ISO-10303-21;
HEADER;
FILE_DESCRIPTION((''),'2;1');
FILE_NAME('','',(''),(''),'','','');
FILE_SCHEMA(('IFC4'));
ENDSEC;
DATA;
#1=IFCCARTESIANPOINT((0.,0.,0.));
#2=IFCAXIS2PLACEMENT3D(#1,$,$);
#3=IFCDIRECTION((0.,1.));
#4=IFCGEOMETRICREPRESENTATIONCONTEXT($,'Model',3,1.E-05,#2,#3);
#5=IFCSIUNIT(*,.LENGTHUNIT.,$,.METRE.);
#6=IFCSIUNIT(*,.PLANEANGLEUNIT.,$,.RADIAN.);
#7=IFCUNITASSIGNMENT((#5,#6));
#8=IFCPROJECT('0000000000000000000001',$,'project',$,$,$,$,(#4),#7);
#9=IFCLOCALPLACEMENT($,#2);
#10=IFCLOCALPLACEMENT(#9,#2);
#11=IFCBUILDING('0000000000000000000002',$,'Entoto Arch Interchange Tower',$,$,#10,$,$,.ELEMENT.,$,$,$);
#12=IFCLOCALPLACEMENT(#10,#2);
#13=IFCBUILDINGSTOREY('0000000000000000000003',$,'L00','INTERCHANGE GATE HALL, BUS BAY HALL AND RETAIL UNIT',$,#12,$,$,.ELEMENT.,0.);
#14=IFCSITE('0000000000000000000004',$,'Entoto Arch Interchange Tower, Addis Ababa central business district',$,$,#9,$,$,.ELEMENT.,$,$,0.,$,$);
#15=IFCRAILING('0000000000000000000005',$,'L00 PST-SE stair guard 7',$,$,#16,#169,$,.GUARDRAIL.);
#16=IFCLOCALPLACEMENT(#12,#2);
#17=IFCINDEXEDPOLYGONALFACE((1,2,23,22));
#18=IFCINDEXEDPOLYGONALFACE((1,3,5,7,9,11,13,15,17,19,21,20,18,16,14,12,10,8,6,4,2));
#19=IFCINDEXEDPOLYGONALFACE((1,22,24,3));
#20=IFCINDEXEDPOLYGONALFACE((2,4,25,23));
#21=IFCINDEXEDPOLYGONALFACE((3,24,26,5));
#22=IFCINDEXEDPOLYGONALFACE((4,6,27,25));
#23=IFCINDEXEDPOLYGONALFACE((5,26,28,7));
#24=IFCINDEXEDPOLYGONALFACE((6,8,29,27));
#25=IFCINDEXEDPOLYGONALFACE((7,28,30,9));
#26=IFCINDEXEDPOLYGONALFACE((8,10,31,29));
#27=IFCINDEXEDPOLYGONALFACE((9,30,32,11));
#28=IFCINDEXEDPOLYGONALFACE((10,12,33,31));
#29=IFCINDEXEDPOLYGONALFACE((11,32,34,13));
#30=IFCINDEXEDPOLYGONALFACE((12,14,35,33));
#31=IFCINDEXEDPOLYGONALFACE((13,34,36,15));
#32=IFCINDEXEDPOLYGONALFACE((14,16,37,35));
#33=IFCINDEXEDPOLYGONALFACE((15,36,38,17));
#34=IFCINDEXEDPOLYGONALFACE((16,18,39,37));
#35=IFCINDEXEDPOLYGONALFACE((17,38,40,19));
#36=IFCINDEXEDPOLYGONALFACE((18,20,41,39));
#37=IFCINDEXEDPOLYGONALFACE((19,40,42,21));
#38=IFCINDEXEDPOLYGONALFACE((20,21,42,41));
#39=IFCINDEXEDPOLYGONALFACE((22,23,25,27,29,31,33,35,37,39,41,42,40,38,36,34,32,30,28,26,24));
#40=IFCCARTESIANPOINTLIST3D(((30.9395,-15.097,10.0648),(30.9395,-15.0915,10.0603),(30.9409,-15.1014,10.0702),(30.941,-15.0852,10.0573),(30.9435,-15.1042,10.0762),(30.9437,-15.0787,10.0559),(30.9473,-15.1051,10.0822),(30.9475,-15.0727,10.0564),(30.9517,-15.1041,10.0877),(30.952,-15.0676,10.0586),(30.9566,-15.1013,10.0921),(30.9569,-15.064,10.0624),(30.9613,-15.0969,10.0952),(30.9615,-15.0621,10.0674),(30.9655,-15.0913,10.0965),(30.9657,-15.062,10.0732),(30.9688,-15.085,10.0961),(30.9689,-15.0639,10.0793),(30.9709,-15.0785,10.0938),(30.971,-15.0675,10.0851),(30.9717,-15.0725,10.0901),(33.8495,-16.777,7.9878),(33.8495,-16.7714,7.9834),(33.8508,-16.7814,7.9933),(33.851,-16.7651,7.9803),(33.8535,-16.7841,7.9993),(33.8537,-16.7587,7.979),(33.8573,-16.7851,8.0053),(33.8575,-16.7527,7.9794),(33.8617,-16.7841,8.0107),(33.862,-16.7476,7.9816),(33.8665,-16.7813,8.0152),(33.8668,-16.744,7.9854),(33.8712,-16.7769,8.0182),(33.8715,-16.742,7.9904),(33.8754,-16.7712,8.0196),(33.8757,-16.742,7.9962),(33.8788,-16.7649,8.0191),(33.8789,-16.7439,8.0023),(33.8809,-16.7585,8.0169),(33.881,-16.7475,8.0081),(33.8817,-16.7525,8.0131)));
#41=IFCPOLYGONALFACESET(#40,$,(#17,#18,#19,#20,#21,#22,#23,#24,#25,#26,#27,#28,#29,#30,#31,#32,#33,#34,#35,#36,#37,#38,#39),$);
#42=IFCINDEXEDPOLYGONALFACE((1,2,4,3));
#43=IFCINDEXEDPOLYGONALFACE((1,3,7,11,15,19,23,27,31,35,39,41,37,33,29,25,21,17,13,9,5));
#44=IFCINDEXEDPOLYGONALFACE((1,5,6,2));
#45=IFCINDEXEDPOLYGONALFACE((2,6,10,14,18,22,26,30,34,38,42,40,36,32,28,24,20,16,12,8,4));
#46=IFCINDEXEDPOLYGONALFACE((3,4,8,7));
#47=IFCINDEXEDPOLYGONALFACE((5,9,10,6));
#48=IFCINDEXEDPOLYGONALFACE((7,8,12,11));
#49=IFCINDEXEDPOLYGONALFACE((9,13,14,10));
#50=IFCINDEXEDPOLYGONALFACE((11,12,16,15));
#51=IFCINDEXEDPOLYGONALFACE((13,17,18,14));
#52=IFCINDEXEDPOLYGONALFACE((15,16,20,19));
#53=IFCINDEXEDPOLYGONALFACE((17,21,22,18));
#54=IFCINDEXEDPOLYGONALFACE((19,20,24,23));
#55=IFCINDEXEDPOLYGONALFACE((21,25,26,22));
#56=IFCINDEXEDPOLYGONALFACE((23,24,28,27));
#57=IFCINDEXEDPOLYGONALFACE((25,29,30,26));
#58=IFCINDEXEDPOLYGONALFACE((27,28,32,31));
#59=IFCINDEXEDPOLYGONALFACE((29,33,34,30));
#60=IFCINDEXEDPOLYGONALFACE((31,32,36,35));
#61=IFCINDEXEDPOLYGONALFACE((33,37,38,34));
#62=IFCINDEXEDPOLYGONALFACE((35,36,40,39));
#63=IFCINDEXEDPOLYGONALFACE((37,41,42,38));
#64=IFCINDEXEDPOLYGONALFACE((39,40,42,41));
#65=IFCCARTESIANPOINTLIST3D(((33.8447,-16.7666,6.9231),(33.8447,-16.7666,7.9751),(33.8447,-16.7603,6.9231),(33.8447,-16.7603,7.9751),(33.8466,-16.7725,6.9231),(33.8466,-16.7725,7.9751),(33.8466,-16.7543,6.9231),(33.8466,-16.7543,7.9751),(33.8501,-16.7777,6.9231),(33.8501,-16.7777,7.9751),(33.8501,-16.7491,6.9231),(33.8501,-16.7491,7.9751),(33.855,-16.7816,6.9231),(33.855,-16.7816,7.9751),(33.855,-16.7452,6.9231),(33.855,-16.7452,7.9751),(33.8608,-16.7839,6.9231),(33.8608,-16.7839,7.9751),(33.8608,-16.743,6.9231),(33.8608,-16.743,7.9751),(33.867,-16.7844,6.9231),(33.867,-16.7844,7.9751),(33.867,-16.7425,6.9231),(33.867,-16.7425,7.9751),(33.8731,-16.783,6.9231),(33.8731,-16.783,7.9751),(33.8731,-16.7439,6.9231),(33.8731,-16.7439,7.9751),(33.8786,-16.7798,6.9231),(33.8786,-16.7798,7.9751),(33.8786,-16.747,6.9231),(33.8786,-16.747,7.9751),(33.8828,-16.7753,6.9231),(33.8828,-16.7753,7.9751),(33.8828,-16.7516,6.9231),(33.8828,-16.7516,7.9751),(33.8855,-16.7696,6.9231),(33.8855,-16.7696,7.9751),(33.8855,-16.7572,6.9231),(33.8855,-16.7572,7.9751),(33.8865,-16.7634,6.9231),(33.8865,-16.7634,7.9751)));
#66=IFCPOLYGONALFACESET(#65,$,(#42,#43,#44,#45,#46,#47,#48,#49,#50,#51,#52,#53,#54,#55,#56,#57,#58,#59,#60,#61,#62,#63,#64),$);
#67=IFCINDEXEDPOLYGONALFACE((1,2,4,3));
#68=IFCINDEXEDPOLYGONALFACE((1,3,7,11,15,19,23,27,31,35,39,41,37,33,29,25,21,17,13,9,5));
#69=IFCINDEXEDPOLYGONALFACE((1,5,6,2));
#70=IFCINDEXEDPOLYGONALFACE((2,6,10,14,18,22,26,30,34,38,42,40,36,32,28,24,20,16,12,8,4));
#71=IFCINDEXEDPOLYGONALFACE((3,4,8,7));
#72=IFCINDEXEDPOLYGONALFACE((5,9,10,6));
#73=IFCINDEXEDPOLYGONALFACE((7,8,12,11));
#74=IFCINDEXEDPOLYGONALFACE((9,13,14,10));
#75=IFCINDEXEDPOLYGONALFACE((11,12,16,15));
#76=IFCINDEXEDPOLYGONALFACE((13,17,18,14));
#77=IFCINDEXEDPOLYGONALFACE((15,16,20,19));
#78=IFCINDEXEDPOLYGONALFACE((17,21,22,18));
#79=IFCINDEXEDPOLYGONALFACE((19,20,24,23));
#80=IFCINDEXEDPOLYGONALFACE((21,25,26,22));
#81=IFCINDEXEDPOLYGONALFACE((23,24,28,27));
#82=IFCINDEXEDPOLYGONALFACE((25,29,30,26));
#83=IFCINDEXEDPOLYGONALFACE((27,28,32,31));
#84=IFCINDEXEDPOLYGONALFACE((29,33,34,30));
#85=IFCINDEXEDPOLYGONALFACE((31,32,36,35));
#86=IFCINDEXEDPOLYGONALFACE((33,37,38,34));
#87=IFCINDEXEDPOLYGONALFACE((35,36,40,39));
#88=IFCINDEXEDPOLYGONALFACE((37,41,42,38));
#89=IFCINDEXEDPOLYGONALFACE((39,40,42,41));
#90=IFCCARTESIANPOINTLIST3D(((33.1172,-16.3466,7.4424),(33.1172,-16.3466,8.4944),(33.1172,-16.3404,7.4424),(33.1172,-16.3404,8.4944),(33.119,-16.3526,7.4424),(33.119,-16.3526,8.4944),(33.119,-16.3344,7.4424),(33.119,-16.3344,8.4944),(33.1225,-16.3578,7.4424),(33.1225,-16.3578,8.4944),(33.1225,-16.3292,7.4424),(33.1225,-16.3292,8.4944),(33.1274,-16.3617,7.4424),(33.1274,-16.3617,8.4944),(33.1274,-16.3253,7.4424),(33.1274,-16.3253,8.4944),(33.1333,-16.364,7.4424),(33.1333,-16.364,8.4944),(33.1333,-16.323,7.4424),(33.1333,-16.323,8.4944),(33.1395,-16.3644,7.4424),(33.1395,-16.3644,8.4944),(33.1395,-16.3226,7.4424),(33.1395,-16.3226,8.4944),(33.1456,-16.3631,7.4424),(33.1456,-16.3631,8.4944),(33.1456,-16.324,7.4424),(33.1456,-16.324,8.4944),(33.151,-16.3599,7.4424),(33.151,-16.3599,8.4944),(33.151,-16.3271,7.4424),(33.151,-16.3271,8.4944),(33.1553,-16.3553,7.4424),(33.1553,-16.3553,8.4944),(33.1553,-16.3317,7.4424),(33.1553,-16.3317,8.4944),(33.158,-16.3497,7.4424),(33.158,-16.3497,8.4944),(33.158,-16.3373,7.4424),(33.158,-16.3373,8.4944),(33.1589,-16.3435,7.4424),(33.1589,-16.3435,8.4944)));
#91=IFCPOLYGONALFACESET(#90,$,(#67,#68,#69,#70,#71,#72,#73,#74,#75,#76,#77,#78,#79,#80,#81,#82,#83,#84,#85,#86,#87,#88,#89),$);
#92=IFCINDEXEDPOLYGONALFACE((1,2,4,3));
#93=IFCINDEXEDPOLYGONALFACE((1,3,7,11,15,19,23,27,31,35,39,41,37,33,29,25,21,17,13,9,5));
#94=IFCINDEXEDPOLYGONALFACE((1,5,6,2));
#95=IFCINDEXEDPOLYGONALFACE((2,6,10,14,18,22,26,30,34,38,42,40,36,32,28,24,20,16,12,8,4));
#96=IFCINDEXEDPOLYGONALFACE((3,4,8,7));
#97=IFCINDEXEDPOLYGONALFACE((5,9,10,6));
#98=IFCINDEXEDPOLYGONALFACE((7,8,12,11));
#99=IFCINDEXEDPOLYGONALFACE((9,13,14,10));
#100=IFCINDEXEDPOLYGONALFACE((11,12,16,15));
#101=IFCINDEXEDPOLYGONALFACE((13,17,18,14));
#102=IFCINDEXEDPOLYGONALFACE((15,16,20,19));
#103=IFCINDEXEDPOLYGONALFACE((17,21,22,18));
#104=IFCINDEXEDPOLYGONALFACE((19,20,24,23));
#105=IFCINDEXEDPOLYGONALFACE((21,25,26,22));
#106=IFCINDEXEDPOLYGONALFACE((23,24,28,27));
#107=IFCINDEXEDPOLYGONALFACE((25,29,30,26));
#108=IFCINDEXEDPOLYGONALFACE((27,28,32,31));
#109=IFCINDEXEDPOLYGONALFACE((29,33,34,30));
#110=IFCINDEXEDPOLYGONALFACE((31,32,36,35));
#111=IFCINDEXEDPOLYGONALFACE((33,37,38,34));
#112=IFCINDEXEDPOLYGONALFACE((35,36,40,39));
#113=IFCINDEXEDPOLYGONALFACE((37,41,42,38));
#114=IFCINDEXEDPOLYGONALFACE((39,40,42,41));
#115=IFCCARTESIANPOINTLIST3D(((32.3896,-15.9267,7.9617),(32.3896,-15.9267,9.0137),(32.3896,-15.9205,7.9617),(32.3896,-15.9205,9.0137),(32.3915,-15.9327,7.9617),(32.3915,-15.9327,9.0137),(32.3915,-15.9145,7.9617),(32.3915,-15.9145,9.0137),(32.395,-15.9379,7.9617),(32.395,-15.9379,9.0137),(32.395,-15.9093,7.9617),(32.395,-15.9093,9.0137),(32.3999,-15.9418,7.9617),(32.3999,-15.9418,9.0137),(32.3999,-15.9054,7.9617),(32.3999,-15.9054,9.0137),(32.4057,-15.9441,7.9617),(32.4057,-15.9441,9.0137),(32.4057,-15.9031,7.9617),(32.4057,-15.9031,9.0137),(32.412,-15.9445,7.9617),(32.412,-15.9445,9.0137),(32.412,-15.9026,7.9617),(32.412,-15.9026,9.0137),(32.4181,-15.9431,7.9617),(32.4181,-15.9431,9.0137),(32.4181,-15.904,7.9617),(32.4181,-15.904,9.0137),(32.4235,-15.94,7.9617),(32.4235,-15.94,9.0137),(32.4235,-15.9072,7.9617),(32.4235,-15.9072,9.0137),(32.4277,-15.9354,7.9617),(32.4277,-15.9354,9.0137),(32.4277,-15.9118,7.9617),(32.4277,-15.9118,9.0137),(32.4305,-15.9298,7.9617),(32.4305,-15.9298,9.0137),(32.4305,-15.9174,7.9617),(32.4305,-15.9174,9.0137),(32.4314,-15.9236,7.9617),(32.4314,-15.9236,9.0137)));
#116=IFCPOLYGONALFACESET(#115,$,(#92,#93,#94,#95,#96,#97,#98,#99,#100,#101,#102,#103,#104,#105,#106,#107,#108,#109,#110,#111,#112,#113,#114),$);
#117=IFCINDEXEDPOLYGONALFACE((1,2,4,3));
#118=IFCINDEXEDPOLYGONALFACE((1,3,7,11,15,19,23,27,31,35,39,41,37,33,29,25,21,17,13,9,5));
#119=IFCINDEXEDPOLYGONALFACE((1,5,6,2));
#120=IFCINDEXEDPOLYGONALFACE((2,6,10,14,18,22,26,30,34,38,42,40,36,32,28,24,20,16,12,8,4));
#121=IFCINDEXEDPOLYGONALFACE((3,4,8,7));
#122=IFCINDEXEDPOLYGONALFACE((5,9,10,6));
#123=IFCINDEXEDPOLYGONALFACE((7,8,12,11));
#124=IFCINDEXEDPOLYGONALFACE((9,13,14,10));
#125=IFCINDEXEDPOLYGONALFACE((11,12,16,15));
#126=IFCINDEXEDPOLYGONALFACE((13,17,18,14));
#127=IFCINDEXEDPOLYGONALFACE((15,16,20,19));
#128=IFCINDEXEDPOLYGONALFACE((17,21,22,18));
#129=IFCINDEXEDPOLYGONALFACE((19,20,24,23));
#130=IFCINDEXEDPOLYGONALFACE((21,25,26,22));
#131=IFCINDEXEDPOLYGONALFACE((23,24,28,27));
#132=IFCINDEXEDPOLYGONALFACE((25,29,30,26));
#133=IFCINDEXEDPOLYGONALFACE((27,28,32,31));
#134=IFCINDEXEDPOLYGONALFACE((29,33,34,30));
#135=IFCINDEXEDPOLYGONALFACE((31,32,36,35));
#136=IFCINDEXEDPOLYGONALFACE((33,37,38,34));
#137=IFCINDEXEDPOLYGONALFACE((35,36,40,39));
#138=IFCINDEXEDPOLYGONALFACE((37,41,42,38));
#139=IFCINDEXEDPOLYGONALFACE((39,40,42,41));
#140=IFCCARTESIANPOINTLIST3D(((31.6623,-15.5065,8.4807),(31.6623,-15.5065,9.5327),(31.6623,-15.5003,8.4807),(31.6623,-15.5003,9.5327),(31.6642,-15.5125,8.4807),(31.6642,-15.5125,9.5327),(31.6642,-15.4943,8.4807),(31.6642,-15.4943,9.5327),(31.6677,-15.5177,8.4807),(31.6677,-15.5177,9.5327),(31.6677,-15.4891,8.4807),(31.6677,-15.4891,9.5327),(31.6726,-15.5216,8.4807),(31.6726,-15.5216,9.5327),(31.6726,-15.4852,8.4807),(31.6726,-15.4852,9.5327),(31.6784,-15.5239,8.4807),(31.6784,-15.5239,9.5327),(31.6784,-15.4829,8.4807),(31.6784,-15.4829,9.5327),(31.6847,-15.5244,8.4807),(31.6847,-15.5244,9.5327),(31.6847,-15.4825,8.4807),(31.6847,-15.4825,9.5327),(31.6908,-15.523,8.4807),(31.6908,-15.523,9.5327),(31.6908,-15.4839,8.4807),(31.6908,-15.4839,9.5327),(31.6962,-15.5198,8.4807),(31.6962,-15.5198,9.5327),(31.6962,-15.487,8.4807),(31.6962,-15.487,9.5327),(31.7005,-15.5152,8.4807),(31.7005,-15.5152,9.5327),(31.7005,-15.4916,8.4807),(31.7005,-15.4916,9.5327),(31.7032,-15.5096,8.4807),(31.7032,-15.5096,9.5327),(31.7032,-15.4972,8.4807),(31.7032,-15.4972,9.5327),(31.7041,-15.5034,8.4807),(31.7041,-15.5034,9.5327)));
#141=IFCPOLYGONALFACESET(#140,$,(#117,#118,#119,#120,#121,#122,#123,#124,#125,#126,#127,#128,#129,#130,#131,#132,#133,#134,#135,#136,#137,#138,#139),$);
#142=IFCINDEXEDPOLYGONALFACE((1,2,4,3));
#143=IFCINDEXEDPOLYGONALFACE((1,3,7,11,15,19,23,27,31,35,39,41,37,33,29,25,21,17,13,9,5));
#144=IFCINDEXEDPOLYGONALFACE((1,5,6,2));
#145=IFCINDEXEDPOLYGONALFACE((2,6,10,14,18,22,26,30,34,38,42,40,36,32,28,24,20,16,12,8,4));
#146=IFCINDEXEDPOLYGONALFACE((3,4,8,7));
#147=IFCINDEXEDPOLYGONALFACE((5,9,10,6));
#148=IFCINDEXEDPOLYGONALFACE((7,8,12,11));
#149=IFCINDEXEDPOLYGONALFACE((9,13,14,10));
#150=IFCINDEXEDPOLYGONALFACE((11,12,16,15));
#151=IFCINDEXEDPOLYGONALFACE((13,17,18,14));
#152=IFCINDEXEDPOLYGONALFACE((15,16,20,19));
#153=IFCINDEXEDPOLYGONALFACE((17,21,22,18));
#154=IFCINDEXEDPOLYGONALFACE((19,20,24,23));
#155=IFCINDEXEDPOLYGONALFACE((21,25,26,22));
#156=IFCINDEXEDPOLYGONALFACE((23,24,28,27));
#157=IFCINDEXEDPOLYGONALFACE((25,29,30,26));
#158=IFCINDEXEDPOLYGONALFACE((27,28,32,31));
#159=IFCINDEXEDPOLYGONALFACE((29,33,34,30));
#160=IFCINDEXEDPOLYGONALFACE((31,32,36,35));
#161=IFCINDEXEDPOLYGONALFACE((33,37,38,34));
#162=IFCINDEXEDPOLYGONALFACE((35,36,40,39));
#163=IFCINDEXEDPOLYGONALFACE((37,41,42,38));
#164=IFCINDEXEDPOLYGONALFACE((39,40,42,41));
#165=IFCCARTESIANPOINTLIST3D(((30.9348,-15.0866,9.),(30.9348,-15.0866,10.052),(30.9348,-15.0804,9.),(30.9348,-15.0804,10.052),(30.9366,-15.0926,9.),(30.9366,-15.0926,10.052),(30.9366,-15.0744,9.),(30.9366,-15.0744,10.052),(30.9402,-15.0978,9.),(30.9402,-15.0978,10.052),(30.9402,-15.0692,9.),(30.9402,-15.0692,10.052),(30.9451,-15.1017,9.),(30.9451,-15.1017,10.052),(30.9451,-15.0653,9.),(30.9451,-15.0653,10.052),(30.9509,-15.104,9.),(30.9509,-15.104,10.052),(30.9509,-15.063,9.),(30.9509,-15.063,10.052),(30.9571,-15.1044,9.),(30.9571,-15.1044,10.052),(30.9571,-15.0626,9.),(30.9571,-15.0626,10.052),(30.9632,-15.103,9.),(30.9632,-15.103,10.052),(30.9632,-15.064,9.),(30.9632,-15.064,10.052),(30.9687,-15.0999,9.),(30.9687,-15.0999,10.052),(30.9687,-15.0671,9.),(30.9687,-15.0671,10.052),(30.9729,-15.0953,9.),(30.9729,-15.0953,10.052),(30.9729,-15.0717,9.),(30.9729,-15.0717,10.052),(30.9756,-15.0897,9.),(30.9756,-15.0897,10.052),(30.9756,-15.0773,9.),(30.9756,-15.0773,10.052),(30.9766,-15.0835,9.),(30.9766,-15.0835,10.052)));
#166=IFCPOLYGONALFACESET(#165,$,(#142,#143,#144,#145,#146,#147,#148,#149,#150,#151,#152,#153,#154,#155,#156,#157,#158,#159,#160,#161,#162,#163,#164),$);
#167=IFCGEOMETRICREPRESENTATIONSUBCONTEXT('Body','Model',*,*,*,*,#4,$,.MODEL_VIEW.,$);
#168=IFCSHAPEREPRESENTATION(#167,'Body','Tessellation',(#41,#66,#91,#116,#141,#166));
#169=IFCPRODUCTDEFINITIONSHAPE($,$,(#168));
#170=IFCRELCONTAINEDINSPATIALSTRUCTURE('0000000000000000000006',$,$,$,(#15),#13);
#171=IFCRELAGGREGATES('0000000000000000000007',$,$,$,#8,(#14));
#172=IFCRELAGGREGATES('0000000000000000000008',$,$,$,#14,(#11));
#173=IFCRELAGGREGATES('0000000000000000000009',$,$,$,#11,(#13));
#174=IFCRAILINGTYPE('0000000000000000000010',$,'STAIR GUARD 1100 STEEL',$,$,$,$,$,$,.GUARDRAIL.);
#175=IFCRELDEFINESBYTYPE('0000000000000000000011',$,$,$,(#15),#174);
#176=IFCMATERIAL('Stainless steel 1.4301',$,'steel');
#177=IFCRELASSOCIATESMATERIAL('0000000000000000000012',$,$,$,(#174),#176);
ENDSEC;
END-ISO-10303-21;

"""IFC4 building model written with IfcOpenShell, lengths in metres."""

from ifc_helpers import new_model, si_unit, direction, frame, origin, origin_2d, place, context, subcontext, project, spatial, circle, extrude, material, type_object, element, save


model = new_model("IFC4")

# Units and contexts
model_context = context("Model", 3, precision=1e-05, world=origin(), true_north=direction((0.0, 1.0)))
body_context = subcontext(model_context, "Body", "Model", "MODEL_VIEW")
ifc_project = project(units=[si_unit("LENGTHUNIT", "METRE"), si_unit("PLANEANGLEUNIT", "RADIAN")], contexts=[model_context])

# Site, building, storey
site_placement = place(None, origin())
site = spatial("IfcSite", under=ifc_project, at=site_placement, Name="Entoto Arch Interchange Tower, Addis Ababa central business district", CompositionType="ELEMENT", RefElevation=0.0)
building_placement = place(site_placement, origin())
building = spatial("IfcBuilding", under=site, at=building_placement, Name="Entoto Arch Interchange Tower", CompositionType="ELEMENT")
storey_placement = place(building_placement, origin())
storey = spatial("IfcBuildingStorey", under=building, at=storey_placement, Name="L00", Description="INTERCHANGE GATE HALL, BUS BAY HALL AND RETAIL UNIT", CompositionType="ELEMENT", Elevation=0.0)

# Railing
ifc_material_1 = material(Name="Stainless steel 1.4301", Category="steel")
railing_type_1 = type_object("IfcRailingType", Name="STAIR GUARD 1100 STEEL", PredefinedType="GUARDRAIL", material=ifc_material_1)
railing_1_placement = place(storey_placement, frame((33.8655, -16.7634, 6.9231)))
element("IfcRailing", 1, at=railing_1_placement, inside=storey, type_object=railing_type_1, Name="L00 PST-SE stair guard 7", PredefinedType="GUARDRAIL", context=body_context, shape_type="SweptSolid", body=[
    extrude(circle(Radius=0.0239, at=origin_2d()), frame((0.0, 0.0, 1.0762), z_axis=(-0.736668, 0.425288, 0.525785), x_axis=(-0.499976, -0.866039, 0.0)), (0.0, 0.0, 1.0), 3.9502),
    extrude(circle(Radius=0.021, at=origin_2d()), origin(), (0.0, 0.0, 1.0), 1.052),
    extrude(circle(Radius=0.021, at=origin_2d()), frame((-0.7275, 0.4199, 0.5193)), (0.0, 0.0, 1.0), 1.052),
    extrude(circle(Radius=0.021, at=origin_2d()), frame((-1.4551, 0.8398, 1.0386)), (0.0, 0.0, 1.0), 1.052),
    extrude(circle(Radius=0.021, at=origin_2d()), frame((-2.1824, 1.26, 1.5576)), (0.0, 0.0, 1.0), 1.052),
    extrude(circle(Radius=0.021, at=origin_2d()), frame((-2.9099, 1.6799, 2.0769)), (0.0, 0.0, 1.0), 1.052),
])

save(model, "model.ifc")
